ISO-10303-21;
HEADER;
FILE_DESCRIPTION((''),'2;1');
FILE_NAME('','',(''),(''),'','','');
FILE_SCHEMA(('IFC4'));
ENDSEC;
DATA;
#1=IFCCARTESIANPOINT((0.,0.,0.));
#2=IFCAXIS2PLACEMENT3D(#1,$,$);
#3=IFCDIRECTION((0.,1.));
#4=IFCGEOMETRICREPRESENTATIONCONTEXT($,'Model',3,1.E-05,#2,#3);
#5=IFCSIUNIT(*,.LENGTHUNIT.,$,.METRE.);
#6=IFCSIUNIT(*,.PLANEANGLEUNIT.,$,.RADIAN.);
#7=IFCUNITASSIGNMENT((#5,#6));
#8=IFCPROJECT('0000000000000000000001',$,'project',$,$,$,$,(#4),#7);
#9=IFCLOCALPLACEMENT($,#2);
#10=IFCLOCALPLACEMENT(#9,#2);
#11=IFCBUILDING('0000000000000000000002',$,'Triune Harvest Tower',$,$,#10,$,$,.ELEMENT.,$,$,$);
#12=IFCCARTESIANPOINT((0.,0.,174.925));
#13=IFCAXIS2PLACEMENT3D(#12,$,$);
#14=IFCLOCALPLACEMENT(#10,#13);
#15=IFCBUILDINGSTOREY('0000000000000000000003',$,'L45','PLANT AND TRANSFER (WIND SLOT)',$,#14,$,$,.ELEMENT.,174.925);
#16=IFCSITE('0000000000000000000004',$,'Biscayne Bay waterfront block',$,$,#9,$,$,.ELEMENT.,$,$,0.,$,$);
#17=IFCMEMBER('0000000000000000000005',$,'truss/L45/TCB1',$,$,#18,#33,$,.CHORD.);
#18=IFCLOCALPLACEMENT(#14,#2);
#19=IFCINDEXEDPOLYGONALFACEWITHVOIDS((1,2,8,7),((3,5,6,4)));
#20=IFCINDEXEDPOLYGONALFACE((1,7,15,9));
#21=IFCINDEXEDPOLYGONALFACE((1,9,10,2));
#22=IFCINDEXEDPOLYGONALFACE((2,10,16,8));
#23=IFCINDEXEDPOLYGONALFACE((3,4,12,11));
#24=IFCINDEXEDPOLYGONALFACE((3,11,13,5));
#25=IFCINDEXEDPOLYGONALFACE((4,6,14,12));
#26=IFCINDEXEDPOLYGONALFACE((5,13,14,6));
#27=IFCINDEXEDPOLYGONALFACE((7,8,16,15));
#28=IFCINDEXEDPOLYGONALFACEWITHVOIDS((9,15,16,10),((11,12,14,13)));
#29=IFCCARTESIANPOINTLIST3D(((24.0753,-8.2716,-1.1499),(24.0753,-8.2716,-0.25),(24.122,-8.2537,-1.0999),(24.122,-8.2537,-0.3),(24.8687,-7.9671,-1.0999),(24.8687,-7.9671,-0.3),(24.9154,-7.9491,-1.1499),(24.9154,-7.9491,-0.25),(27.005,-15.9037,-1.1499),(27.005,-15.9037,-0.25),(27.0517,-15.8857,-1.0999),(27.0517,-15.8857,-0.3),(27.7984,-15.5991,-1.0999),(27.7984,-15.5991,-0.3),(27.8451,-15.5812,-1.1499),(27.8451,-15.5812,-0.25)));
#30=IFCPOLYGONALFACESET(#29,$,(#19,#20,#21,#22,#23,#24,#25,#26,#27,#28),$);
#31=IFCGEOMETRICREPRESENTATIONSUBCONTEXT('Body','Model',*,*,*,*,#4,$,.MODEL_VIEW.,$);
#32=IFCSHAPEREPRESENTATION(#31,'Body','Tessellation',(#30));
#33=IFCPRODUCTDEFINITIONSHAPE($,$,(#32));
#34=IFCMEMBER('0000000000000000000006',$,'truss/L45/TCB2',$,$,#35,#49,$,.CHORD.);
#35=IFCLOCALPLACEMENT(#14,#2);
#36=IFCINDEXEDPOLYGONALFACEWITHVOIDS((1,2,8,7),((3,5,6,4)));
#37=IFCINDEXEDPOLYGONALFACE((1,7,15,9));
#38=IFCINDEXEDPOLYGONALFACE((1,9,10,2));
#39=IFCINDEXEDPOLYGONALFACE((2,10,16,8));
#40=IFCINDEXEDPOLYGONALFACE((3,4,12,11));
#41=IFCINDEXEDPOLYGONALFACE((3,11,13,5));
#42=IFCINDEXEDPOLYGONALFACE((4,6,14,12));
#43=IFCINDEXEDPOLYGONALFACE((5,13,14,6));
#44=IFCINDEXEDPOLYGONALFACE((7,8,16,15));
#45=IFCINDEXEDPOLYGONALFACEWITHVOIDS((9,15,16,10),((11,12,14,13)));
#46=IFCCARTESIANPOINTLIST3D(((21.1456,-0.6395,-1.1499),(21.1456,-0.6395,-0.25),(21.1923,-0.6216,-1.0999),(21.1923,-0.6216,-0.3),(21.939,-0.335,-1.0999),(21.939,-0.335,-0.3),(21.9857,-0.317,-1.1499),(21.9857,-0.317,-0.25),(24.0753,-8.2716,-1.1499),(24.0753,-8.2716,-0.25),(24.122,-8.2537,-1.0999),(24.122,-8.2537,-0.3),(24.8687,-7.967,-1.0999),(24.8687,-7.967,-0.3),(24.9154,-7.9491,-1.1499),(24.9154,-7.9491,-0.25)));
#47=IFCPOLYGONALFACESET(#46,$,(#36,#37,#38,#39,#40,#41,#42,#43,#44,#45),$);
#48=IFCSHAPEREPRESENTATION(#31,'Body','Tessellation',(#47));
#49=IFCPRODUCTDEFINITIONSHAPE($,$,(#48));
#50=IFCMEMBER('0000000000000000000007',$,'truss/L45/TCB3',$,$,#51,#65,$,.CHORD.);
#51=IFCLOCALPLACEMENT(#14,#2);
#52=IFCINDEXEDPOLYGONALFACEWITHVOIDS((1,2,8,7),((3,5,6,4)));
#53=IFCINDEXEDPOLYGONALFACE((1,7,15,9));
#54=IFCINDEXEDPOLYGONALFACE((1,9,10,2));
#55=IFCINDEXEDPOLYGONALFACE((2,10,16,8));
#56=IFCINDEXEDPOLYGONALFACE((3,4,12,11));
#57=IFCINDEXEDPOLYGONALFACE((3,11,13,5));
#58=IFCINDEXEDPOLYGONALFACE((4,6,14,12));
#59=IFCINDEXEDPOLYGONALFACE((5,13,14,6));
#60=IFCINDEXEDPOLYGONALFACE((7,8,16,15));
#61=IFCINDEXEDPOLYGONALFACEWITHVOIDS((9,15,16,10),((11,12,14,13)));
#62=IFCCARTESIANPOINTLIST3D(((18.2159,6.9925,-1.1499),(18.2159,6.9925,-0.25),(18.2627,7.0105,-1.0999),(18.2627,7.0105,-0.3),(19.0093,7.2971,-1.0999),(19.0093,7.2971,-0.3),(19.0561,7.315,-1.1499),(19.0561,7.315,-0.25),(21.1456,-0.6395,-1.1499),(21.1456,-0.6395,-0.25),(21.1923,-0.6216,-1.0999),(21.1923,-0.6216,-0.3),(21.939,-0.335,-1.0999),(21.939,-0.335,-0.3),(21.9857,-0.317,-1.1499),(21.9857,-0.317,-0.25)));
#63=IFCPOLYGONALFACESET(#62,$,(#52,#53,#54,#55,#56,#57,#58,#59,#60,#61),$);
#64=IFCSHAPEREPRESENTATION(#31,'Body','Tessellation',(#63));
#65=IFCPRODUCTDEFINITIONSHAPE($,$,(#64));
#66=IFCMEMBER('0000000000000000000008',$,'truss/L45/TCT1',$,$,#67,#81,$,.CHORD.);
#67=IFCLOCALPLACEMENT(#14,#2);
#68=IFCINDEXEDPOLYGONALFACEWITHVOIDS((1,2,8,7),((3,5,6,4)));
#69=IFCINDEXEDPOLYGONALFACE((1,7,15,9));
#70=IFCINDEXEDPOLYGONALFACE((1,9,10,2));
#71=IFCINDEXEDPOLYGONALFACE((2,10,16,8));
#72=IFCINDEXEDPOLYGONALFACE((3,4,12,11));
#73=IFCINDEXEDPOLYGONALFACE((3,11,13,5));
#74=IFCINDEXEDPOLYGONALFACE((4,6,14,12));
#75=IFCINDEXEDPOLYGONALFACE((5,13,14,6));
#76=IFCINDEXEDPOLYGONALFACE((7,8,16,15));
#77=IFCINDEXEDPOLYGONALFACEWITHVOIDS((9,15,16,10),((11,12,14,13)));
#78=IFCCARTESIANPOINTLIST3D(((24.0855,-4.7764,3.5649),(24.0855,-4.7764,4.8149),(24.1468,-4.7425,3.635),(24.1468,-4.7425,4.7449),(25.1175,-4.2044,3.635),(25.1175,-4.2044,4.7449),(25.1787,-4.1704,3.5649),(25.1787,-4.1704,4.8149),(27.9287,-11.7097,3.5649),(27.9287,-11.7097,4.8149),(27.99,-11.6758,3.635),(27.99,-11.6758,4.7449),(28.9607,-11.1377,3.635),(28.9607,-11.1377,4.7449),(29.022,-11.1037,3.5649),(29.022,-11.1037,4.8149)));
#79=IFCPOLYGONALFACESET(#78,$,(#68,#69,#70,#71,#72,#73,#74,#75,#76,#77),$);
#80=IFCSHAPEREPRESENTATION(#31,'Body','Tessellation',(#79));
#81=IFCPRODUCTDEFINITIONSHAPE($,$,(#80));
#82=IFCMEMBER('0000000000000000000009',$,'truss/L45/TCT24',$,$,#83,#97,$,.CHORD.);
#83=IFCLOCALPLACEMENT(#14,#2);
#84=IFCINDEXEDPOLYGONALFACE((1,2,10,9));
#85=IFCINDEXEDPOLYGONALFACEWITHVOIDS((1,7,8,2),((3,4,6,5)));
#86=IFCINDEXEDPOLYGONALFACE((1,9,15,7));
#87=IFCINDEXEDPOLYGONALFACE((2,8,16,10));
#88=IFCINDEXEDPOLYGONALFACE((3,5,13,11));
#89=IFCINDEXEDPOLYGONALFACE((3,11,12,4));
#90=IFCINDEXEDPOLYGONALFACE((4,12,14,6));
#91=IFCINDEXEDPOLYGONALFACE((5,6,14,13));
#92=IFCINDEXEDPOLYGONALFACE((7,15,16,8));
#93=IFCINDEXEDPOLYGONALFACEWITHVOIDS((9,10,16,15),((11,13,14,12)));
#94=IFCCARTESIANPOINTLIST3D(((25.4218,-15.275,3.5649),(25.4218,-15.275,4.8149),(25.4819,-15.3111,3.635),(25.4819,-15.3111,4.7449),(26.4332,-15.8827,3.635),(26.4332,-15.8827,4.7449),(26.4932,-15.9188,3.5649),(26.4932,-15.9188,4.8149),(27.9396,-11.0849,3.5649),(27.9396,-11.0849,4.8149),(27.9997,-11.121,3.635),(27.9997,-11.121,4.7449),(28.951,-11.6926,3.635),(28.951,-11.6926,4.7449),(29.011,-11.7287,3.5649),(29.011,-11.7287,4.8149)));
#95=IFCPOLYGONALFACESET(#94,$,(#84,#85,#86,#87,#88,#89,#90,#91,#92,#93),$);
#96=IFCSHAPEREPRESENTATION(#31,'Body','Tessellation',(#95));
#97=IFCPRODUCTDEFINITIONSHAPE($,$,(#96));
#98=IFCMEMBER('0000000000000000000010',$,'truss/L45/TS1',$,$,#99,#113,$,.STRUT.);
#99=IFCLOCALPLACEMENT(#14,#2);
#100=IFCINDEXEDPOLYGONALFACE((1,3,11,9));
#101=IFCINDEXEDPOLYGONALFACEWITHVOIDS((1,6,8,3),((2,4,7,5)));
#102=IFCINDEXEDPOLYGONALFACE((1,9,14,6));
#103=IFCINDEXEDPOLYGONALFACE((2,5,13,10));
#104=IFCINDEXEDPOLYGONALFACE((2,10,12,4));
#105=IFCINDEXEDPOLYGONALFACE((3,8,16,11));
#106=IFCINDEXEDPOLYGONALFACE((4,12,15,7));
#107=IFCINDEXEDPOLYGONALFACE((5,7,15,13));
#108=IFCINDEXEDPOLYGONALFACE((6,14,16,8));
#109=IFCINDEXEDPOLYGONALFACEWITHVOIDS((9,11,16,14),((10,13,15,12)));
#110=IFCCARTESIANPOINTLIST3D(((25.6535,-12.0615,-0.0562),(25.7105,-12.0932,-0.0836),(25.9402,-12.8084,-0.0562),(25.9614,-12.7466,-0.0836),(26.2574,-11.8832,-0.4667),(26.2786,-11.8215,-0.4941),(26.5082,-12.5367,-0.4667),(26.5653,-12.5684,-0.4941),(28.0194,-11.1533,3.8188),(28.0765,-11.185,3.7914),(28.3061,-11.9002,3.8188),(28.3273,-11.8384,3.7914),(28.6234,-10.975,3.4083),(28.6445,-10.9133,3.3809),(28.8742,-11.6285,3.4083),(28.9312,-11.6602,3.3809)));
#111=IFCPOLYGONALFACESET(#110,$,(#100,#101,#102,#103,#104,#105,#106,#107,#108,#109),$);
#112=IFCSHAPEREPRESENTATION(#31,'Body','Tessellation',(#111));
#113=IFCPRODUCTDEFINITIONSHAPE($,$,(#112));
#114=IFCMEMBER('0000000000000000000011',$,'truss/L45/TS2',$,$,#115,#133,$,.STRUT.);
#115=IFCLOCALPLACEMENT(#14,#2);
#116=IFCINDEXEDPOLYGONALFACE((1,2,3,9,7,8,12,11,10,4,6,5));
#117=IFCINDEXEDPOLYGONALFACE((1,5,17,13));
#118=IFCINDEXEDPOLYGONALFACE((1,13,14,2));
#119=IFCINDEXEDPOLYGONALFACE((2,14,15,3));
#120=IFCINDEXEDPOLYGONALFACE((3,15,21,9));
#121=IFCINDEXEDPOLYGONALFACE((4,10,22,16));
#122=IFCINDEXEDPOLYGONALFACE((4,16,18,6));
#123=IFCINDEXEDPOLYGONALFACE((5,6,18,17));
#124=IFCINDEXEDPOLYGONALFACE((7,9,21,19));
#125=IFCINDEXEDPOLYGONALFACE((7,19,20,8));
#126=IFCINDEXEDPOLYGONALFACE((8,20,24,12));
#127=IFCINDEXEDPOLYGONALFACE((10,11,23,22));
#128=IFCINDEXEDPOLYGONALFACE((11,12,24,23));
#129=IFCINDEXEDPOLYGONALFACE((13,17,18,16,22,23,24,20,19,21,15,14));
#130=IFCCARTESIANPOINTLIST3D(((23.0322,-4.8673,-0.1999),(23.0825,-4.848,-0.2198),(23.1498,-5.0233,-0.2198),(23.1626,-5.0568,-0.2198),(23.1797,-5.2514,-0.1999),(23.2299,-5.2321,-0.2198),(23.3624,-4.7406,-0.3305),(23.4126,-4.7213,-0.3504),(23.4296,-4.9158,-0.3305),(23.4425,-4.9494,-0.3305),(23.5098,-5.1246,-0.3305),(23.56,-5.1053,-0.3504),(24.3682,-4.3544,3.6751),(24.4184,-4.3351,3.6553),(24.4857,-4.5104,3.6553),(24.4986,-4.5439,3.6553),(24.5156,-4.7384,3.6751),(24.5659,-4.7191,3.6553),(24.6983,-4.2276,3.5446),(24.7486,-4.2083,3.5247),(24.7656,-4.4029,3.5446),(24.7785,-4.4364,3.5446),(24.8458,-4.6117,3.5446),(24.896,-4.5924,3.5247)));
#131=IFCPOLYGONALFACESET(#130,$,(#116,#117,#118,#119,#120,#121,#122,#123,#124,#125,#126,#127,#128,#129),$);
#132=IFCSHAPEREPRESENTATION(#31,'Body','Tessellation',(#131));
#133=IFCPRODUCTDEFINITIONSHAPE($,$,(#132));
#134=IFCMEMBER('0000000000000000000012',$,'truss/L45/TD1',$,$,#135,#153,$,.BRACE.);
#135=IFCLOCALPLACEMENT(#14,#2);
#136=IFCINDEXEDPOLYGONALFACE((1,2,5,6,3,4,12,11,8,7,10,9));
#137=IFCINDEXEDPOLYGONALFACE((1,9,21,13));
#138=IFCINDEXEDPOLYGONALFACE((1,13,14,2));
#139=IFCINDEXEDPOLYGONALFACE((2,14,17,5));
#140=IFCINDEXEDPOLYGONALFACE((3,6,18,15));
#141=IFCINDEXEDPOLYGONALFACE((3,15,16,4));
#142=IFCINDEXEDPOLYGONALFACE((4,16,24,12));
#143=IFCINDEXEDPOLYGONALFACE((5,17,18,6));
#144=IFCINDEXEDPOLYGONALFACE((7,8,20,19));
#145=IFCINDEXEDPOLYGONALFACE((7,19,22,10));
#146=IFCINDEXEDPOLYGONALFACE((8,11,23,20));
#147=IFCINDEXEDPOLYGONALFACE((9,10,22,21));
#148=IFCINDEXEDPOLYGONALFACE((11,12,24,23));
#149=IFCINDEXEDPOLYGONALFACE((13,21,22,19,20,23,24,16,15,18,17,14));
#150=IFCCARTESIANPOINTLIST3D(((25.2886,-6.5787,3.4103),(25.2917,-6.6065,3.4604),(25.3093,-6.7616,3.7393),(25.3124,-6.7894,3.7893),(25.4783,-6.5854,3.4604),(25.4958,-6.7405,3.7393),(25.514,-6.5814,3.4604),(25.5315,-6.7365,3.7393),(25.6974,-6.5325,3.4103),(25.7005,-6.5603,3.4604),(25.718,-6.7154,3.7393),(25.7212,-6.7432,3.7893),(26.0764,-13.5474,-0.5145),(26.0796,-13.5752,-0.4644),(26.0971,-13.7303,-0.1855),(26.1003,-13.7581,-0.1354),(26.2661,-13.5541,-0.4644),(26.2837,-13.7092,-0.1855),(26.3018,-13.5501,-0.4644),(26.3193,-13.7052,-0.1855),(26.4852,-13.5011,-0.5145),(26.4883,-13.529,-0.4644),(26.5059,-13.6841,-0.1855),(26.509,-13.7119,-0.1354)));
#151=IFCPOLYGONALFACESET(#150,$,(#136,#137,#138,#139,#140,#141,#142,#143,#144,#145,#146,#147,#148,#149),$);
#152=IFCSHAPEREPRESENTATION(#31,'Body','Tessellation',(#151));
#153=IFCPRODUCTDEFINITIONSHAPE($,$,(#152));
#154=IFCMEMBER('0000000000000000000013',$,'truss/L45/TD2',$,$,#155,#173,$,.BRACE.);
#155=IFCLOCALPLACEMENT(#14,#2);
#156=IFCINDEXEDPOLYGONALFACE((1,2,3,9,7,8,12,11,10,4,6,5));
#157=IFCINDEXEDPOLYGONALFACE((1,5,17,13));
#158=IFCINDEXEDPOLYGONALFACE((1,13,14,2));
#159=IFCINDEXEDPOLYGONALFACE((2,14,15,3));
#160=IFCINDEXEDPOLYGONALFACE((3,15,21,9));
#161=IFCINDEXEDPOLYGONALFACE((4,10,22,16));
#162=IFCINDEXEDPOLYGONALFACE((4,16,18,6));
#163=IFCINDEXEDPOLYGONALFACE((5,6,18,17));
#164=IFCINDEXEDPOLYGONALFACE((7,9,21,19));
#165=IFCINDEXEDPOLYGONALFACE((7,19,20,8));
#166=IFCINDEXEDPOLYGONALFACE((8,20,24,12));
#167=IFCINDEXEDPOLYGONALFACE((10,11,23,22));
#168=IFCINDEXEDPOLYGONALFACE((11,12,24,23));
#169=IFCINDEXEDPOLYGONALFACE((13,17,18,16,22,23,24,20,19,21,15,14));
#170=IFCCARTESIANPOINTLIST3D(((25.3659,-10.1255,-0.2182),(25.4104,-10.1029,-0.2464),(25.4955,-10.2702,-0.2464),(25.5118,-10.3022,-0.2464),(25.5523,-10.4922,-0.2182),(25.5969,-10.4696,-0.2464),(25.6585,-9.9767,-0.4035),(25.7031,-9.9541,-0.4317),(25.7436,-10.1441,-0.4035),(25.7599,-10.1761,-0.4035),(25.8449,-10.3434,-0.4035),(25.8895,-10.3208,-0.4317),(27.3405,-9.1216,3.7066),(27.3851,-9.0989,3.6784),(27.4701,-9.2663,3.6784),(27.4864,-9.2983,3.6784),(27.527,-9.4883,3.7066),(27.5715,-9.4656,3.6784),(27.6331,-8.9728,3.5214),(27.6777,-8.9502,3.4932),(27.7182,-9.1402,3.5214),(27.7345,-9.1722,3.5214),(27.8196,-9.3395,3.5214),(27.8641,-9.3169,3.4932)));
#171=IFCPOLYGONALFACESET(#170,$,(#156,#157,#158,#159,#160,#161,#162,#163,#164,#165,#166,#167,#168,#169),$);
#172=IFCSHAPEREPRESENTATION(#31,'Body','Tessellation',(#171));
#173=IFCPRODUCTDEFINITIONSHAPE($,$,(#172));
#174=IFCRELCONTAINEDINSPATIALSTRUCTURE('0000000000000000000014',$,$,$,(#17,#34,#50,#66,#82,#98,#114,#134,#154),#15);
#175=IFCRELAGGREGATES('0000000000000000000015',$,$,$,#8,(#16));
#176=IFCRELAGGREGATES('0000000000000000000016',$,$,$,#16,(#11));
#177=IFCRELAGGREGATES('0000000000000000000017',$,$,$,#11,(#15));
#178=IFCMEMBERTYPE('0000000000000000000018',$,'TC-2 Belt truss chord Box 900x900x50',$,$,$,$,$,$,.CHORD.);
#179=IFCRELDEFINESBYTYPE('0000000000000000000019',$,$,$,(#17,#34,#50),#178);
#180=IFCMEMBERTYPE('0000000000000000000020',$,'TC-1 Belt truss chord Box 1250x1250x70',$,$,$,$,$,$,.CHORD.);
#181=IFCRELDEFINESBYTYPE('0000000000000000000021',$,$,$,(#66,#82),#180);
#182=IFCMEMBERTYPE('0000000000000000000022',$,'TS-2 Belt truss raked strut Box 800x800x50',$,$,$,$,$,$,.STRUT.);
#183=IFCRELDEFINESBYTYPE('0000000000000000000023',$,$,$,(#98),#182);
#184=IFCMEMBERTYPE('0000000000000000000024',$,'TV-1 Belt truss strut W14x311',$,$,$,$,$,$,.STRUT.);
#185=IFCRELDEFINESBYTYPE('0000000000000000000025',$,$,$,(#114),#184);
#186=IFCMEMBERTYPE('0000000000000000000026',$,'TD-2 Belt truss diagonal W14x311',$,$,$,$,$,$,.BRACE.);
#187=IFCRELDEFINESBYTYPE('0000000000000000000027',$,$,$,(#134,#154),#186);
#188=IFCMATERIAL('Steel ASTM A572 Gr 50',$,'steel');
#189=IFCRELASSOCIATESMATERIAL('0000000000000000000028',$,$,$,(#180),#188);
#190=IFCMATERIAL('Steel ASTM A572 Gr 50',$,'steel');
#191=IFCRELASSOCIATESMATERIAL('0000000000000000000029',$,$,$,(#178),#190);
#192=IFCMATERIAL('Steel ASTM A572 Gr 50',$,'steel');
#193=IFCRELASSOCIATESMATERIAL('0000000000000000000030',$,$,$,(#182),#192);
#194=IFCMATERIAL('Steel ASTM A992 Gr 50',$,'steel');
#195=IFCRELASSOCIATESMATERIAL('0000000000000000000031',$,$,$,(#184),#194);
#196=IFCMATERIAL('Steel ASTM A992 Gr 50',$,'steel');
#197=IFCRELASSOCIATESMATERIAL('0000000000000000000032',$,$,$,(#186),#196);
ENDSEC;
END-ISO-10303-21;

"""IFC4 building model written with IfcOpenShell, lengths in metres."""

from ifc_helpers import new_model, si_unit, direction, frame, origin, origin_2d, place, context, subcontext, project, spatial, hollow_rectangle, i_section, extrude, source, transform, mapped, material, material_profile, profile_set, type_object, element, save


model = new_model("IFC4")

# Units and contexts
model_context = context("Model", 3, precision=1e-05, world=origin(), true_north=direction((0.0, 1.0)))
body_context = subcontext(model_context, "Body", "Model", "MODEL_VIEW")
ifc_project = project(units=[si_unit("LENGTHUNIT", "METRE"), si_unit("PLANEANGLEUNIT", "RADIAN")], contexts=[model_context])

# Site, building, storey
site_placement = place(None, origin())
site = spatial("IfcSite", under=ifc_project, at=site_placement, Name="Biscayne Bay waterfront block", CompositionType="ELEMENT", RefElevation=0.0)
building_placement = place(site_placement, origin())
building = spatial("IfcBuilding", under=site, at=building_placement, Name="Triune Harvest Tower", CompositionType="ELEMENT")
storey_placement = place(building_placement, frame((0.0, 0.0, 174.925)))
storey = spatial("IfcBuildingStorey", under=building, at=storey_placement, Name="L45", Description="PLANT AND TRANSFER (WIND SLOT)", CompositionType="ELEMENT", Elevation=174.925)

# Shared definitions
ifc_material_1 = material(Name="Steel ASTM A572 Gr 50", Category="steel")
ifc_material_profile_1 = material_profile(ifc_material_1, hollow_rectangle(XDim=1.25, YDim=1.25, WallThickness=0.0701, at=origin_2d()), Name="Box 1250x1250x70")
ifc_profile_set_1 = profile_set([ifc_material_profile_1], Name="Steel ASTM A572 Gr 50")
member_type_1 = type_object("IfcMemberType", Name="TC-1 Belt truss chord Box 1250x1250x70", PredefinedType="CHORD", material=ifc_profile_set_1)

# Members
ifc_material_2 = material(Name="Steel ASTM A572 Gr 50", Category="steel")
ifc_material_profile_2 = material_profile(ifc_material_2, hollow_rectangle(XDim=0.8999, YDim=0.8999, WallThickness=0.05, at=origin_2d()), Name="Box 900x900x50")
ifc_profile_set_2 = profile_set([ifc_material_profile_2], Name="Steel ASTM A572 Gr 50")
member_type_2 = type_object("IfcMemberType", Name="TC-2 Belt truss chord Box 900x900x50", PredefinedType="CHORD", material=ifc_profile_set_2)
shared_shape_1 = source(origin(), body_context, "Body", "SweptSolid", [
    extrude(hollow_rectangle(XDim=0.8999, YDim=0.8999, WallThickness=0.05, at=origin_2d()), origin(), (0.0, 0.0, 1.0), 8.175),
])
for number, where, z_axis, x_axis, name in (
    (1, (27.425, -15.7424, -0.7), (-0.358369, 0.93358, 0.0), (-0.93358, -0.358369, 0.0), "truss/L45/TCB1"),
    (2, (24.4954, -8.1104, -0.7), (-0.358369, 0.93358, 0.0), (-0.93358, -0.358369, 0.0), "truss/L45/TCB2"),
    (3, (21.5657, -0.4783, -0.7), (-0.358369, 0.93358, 0.0), (-0.93358, -0.358369, 0.0), "truss/L45/TCB3"),
):
    element("IfcMember", number, at=place(storey_placement, frame(where, z_axis=z_axis, x_axis=x_axis)), inside=storey, type_object=member_type_2, Name=name, PredefinedType="CHORD", context=body_context, shape_type="MappedRepresentation", body=[
        mapped(shared_shape_1, transform((0.0, 0.0, 0.0), scale=1.0)),
    ])
shared_shape_2 = source(origin(), body_context, "Body", "SweptSolid", [
    extrude(hollow_rectangle(XDim=1.25, YDim=1.25, WallThickness=0.0701, at=origin_2d()), origin(), (0.0, 0.0, 1.0), 7.9272),
])
member_1_placement = place(storey_placement, frame((28.4753, -11.4067, 4.1899), z_axis=(-0.484814, 0.874617, 0.0), x_axis=(-0.874617, -0.484814, 0.0)))
element("IfcMember", 4, at=member_1_placement, inside=storey, type_object=member_type_1, Name="truss/L45/TCT1", PredefinedType="CHORD", context=body_context, shape_type="MappedRepresentation", body=[
    mapped(shared_shape_2, transform((0.0, 0.0, 0.0), scale=1.0)),
])
shared_shape_3 = source(origin(), body_context, "Body", "SweptSolid", [
    extrude(hollow_rectangle(XDim=1.25, YDim=1.25, WallThickness=0.0701, at=origin_2d()), origin(), (0.0, 0.0, 1.0), 4.8884),
])
member_2_placement = place(storey_placement, frame((25.9575, -15.5969, 4.1899), z_axis=(0.515054, 0.857158, 0.0), x_axis=(-0.857158, 0.515054, 0.0)))
element("IfcMember", 5, at=member_2_placement, inside=storey, type_object=member_type_1, Name="truss/L45/TCT24", PredefinedType="CHORD", context=body_context, shape_type="MappedRepresentation", body=[
    mapped(shared_shape_3, transform((0.0, 0.0, 0.0), scale=1.0)),
])
ifc_material_3 = material(Name="Steel ASTM A572 Gr 50", Category="steel")
ifc_material_profile_3 = material_profile(ifc_material_3, hollow_rectangle(XDim=0.8, YDim=0.8, WallThickness=0.05, at=origin_2d()), Name="Box 800x800x50")
ifc_profile_set_3 = profile_set([ifc_material_profile_3], Name="Steel ASTM A572 Gr 50")
member_type_3 = type_object("IfcMemberType", Name="TS-2 Belt truss raked strut Box 800x800x50", PredefinedType="STRUT", material=ifc_profile_set_3)
shared_shape_4 = source(origin(), body_context, "Body", "SweptSolid", [
    extrude(hollow_rectangle(XDim=0.8, YDim=0.8, WallThickness=0.05, at=origin_2d()), origin(), (0.0, 0.0, 1.0), 4.6301),
])
member_3_placement = place(storey_placement, frame((26.1094, -12.3149, -0.2751), z_axis=(0.510992, 0.19615, 0.836907), x_axis=(-0.358366, 0.933581, 0.0)))
element("IfcMember", 6, at=member_3_placement, inside=storey, type_object=member_type_3, Name="truss/L45/TS1", PredefinedType="STRUT", context=body_context, shape_type="MappedRepresentation", body=[
    mapped(shared_shape_4, transform((0.0, 0.0, 0.0), scale=1.0)),
])
ifc_material_4 = material(Name="Steel ASTM A992 Gr 50", Category="steel")
ifc_material_profile_4 = material_profile(ifc_material_4, i_section(OverallWidth=0.4114, OverallDepth=0.4343, WebThickness=0.0359, FlangeThickness=0.0574, at=origin_2d()), Name="W14x311")
ifc_profile_set_4 = profile_set([ifc_material_profile_4], Name="Steel ASTM A992 Gr 50")
member_type_4 = type_object("IfcMemberType", Name="TV-1 Belt truss strut W14x311", PredefinedType="STRUT", material=ifc_profile_set_4)
shared_shape_5 = source(origin(), body_context, "Body", "SweptSolid", [
    extrude(i_section(OverallWidth=0.4114, OverallDepth=0.4343, WebThickness=0.0359, FlangeThickness=0.0574, at=origin_2d()), origin(), (0.0, 0.0, 1.0), 4.1309),
])
member_4_placement = place(storey_placement, frame((23.2961, -4.9863, -0.2751), z_axis=(0.323409, 0.124175, 0.938076), x_axis=(-0.358442, 0.933552, 0.0)))
element("IfcMember", 7, at=member_4_placement, inside=storey, type_object=member_type_4, Name="truss/L45/TS2", PredefinedType="STRUT", context=body_context, shape_type="MappedRepresentation", body=[
    mapped(shared_shape_5, transform((0.0, 0.0, 0.0), scale=1.0)),
])
ifc_material_5 = material(Name="Steel ASTM A992 Gr 50", Category="steel")
ifc_material_profile_5 = material_profile(ifc_material_5, i_section(OverallWidth=0.4114, OverallDepth=0.4343, WebThickness=0.0359, FlangeThickness=0.0574, at=origin_2d()), Name="W14x311")
ifc_profile_set_5 = profile_set([ifc_material_profile_5], Name="Steel ASTM A992 Gr 50")
member_type_5 = type_object("IfcMemberType", Name="TD-2 Belt truss diagonal W14x311", PredefinedType="BRACE", material=ifc_profile_set_5)
shared_shape_6 = source(origin(), body_context, "Body", "SweptSolid", [
    extrude(i_section(OverallWidth=0.4114, OverallDepth=0.4343, WebThickness=0.0359, FlangeThickness=0.0574, at=origin_2d()), origin(), (0.0, 0.0, 1.0), 8.0366),
])
member_5_placement = place(storey_placement, frame((26.2927, -13.6296, -0.325), z_axis=(-0.098031, 0.867118, 0.488361), x_axis=(-0.99367, -0.112338, 0.0)))
element("IfcMember", 8, at=member_5_placement, inside=storey, type_object=member_type_5, Name="truss/L45/TD1", PredefinedType="BRACE", context=body_context, shape_type="MappedRepresentation", body=[
    mapped(shared_shape_6, transform((0.0, 0.0, 0.0), scale=1.0)),
])
shared_shape_7 = source(origin(), body_context, "Body", "SweptSolid", [
    extrude(i_section(OverallWidth=0.4114, OverallDepth=0.4343, WebThickness=0.0359, FlangeThickness=0.0574, at=origin_2d()), origin(), (0.0, 0.0, 1.0), 4.5068),
])
member_6_placement = place(storey_placement, frame((25.6277, -10.2231, -0.325), z_axis=(0.438143, 0.222755, 0.870868), x_axis=(-0.453199, 0.891409, 0.0)))
element("IfcMember", 9, at=member_6_placement, inside=storey, type_object=member_type_5, Name="truss/L45/TD2", PredefinedType="BRACE", context=body_context, shape_type="MappedRepresentation", body=[
    mapped(shared_shape_7, transform((0.0, 0.0, 0.0), scale=1.0)),
])

save(model, "model.ifc")
